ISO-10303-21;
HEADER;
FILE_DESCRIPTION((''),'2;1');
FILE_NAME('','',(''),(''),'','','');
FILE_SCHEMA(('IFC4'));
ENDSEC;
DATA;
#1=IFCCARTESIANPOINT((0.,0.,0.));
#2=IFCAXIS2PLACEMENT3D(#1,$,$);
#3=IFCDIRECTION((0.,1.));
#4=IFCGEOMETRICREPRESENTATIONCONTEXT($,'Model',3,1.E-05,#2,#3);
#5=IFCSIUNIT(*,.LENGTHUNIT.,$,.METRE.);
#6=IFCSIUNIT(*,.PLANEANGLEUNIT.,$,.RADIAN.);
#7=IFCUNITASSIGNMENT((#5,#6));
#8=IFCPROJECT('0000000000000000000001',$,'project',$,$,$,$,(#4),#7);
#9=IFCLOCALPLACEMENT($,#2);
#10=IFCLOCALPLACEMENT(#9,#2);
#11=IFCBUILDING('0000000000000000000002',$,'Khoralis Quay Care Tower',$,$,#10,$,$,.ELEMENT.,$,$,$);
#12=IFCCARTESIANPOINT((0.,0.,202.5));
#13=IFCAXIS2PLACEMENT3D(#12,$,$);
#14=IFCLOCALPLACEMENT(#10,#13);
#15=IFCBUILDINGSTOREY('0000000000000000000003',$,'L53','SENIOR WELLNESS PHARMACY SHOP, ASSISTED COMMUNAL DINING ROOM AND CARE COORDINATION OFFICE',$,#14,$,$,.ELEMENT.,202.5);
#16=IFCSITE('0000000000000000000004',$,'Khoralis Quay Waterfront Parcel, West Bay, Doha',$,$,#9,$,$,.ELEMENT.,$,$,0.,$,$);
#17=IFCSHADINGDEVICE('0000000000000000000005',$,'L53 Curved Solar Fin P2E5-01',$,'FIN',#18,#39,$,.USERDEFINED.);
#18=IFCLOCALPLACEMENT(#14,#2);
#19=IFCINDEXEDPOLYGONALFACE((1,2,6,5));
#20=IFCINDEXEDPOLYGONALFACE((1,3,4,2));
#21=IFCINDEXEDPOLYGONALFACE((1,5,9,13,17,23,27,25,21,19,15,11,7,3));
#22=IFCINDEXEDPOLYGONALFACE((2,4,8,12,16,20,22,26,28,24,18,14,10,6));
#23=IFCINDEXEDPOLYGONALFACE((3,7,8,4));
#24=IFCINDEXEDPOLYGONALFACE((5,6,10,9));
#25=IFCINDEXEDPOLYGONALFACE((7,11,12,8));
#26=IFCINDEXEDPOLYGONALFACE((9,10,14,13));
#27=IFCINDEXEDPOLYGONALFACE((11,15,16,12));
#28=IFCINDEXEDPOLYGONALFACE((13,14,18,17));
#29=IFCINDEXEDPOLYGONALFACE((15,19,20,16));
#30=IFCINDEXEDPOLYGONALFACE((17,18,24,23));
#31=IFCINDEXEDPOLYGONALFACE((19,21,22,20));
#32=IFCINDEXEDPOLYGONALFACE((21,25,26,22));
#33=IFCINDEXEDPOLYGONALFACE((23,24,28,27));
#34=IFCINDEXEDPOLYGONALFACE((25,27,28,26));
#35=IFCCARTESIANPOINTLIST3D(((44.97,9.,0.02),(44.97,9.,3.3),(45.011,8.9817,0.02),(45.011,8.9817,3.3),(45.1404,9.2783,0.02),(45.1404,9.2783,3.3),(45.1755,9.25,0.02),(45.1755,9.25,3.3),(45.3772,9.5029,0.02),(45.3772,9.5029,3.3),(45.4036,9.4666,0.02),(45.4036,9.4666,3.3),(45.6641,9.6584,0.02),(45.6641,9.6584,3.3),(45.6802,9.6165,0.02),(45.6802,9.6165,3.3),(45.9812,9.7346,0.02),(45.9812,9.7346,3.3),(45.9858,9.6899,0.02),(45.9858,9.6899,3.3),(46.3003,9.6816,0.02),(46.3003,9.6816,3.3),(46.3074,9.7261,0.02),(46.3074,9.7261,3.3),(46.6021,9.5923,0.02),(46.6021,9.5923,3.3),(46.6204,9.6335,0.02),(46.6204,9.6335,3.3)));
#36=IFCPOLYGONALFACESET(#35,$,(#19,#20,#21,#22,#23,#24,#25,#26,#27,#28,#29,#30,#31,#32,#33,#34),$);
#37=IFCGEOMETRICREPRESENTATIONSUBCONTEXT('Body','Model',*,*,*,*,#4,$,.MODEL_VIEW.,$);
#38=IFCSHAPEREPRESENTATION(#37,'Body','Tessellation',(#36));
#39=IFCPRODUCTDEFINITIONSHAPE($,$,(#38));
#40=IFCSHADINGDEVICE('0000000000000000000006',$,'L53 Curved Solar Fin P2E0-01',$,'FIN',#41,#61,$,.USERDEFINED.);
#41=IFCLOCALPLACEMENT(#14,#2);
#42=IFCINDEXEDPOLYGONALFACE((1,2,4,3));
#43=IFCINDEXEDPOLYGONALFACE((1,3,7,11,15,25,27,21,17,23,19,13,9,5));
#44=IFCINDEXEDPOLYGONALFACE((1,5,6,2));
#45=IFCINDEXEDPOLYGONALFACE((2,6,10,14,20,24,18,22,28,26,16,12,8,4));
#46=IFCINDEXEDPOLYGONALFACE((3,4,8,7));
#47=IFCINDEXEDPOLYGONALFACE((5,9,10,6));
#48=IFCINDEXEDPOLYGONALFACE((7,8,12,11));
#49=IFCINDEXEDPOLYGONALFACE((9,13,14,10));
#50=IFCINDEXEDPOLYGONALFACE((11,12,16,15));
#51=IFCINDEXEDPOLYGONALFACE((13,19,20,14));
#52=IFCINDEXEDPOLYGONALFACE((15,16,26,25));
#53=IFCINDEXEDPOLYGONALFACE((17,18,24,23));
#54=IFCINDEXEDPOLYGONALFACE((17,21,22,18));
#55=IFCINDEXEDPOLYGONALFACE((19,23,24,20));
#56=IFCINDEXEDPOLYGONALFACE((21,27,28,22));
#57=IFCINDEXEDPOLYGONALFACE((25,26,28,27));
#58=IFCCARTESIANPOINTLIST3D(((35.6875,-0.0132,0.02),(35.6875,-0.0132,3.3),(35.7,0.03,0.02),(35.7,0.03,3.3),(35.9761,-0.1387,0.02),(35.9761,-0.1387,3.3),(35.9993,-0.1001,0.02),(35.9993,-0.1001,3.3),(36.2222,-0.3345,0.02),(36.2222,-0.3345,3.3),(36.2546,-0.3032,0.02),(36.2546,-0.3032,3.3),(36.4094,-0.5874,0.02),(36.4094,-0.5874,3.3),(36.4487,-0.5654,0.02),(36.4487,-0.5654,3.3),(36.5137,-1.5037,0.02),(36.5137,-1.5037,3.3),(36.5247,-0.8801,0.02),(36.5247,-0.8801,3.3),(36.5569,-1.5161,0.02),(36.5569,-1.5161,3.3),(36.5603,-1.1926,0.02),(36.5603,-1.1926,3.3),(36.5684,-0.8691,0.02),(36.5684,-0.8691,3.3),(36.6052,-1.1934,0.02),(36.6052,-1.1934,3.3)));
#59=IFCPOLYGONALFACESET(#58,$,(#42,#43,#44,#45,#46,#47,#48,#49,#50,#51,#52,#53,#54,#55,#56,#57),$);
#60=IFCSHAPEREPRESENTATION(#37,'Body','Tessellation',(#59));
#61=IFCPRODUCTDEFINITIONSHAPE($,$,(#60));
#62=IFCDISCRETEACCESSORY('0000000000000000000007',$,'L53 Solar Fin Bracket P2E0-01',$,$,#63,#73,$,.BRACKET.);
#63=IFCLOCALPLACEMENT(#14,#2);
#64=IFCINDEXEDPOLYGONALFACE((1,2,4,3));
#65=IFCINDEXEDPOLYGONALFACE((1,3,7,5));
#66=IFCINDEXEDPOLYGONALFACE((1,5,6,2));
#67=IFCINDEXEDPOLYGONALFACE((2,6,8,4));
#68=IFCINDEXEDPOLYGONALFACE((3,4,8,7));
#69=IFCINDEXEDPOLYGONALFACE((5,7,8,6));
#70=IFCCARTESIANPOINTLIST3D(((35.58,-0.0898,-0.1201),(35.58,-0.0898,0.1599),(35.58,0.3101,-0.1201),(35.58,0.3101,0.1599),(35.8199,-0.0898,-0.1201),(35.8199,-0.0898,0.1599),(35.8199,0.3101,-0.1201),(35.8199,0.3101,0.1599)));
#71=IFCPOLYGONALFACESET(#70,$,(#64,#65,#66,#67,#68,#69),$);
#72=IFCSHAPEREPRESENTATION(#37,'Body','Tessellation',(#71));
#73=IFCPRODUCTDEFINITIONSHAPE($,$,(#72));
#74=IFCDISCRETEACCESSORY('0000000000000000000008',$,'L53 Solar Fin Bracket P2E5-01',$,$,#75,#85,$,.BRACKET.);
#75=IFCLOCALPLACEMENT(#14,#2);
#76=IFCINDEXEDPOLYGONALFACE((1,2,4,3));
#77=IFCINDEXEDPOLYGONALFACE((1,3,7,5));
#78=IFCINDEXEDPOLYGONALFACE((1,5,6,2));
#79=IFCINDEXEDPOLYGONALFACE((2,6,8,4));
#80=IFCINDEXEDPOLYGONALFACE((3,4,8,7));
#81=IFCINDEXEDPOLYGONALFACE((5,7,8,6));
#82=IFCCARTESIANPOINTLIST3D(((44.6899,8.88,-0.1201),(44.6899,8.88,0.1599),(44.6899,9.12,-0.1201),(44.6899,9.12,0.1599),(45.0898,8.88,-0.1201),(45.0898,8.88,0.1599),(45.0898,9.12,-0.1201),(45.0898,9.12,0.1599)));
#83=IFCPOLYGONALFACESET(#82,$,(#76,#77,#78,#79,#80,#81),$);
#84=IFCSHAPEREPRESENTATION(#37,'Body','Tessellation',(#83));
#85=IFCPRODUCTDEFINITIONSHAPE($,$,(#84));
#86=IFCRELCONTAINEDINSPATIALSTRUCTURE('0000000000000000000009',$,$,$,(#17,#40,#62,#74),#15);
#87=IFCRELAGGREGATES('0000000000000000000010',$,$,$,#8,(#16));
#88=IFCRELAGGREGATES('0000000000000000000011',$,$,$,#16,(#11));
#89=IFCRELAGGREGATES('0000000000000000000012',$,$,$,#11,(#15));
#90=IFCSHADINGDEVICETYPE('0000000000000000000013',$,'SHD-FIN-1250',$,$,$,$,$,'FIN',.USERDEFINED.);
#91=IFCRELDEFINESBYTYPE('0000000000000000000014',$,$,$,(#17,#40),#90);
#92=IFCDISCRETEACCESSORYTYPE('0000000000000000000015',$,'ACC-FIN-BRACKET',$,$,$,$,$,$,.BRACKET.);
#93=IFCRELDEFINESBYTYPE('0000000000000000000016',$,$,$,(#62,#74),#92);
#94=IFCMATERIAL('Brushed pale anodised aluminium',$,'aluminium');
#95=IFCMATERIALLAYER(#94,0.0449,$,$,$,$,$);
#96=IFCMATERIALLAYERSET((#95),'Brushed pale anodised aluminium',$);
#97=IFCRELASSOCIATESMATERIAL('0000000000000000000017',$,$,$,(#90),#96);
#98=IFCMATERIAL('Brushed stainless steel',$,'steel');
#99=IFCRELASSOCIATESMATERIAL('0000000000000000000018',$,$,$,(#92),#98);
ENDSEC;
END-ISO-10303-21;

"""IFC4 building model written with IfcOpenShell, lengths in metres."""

from ifc_helpers import new_model, si_unit, direction, frame, origin, origin_2d, place, context, subcontext, project, spatial, polyline, rectangle, outline, extrude, source, transform, mapped, material, layer, layer_set, type_object, element, save


model = new_model("IFC4")

# Units and contexts
model_context = context("Model", 3, precision=1e-05, world=origin(), true_north=direction((0.0, 1.0)))
body_context = subcontext(model_context, "Body", "Model", "MODEL_VIEW")
ifc_project = project(units=[si_unit("LENGTHUNIT", "METRE"), si_unit("PLANEANGLEUNIT", "RADIAN")], contexts=[model_context])

# Site, building, storey
site_placement = place(None, origin())
site = spatial("IfcSite", under=ifc_project, at=site_placement, Name="Khoralis Quay Waterfront Parcel, West Bay, Doha", CompositionType="ELEMENT", RefElevation=0.0)
building_placement = place(site_placement, origin())
building = spatial("IfcBuilding", under=site, at=building_placement, Name="Khoralis Quay Care Tower", CompositionType="ELEMENT")
storey_placement = place(building_placement, frame((0.0, 0.0, 202.5)))
storey = spatial("IfcBuildingStorey", under=building, at=storey_placement, Name="L53", Description="SENIOR WELLNESS PHARMACY SHOP, ASSISTED COMMUNAL DINING ROOM AND CARE COORDINATION OFFICE", CompositionType="ELEMENT", Elevation=202.5)

# Shading devices
ifc_material_1 = material(Name="Brushed pale anodised aluminium", Category="aluminium")
ifc_layer_1 = layer(ifc_material_1, 0.0449)
ifc_layer_set_1 = layer_set([ifc_layer_1], Name="Brushed pale anodised aluminium")
shading_device_type = type_object("IfcShadingDeviceType", Name="SHD-FIN-1250", ElementType="FIN", PredefinedType="USERDEFINED", material=ifc_layer_set_1)
shared_shape_1 = source(origin(), body_context, "Body", "SweptSolid", [
    extrude(outline(polyline([(0.0, 0.0), (0.1704, 0.2783), (0.4072, 0.5029), (0.6941, 0.6584), (1.0112, 0.7346), (1.3374, 0.7261), (1.6504, 0.6335), (1.6321, 0.5923), (1.3303, 0.6816), (1.0159, 0.6899), (0.7102, 0.6165), (0.4336, 0.4666), (0.2056, 0.25), (0.041, -0.0183), (0.0, 0.0)])), origin(), (0.0, 0.0, 1.0), 3.28),
])
shading_device_1_placement = place(storey_placement, frame((44.97, 9.0, 0.02), z_axis=(0.0, 0.0, 1.0), x_axis=(1.0, 0.0, 0.0)))
element("IfcShadingDevice", 1, at=shading_device_1_placement, inside=storey, type_object=shading_device_type, Name="L53 Curved Solar Fin P2E5-01", ObjectType="FIN", PredefinedType="USERDEFINED", context=body_context, shape_type="MappedRepresentation", body=[
    mapped(shared_shape_1, transform((0.0, 0.0, 0.0), scale=1.0)),
])
shared_shape_2 = source(origin(), body_context, "Body", "SweptSolid", [
    extrude(outline(polyline([(0.0, 0.0), (0.1301, 0.2993), (0.3333, 0.5547), (0.5955, 0.7488), (0.8992, 0.8684), (1.2234, 0.9053), (1.5461, 0.8569), (1.5337, 0.8137), (1.2227, 0.8604), (0.9102, 0.8247), (0.6174, 0.7095), (0.3645, 0.5222), (0.1687, 0.2761), (0.0432, -0.0125), (0.0, 0.0)])), origin(), (0.0, 0.0, 1.0), 3.28),
])
shading_device_2_placement = place(storey_placement, frame((35.7, 0.03, 0.02), z_axis=(0.0, 0.0, 1.0), x_axis=(0.0, -1.0, 0.0)))
element("IfcShadingDevice", 2, at=shading_device_2_placement, inside=storey, type_object=shading_device_type, Name="L53 Curved Solar Fin P2E0-01", ObjectType="FIN", PredefinedType="USERDEFINED", context=body_context, shape_type="MappedRepresentation", body=[
    mapped(shared_shape_2, transform((0.0, 0.0, 0.0), scale=1.0)),
])

# Discrete accessories
ifc_material_2 = material(Name="Brushed stainless steel", Category="steel")
discrete_accessory_type = type_object("IfcDiscreteAccessoryType", Name="ACC-FIN-BRACKET", PredefinedType="BRACKET", material=ifc_material_2)
shared_shape_3 = source(origin(), body_context, "Body", "SweptSolid", [
    extrude(rectangle(XDim=0.3999, YDim=0.24, at=origin_2d()), origin(), (0.0, 0.0, 1.0), 0.28),
])
for number, where, z_axis, x_axis, name in (
    (3, (35.7, 0.1101, -0.1201), (0.0, 0.0, 1.0), (0.0, -1.0, 0.0), "L53 Solar Fin Bracket P2E0-01"),
    (4, (44.8899, 9.0, -0.1201), (0.0, 0.0, 1.0), (1.0, 0.0, 0.0), "L53 Solar Fin Bracket P2E5-01"),
):
    element("IfcDiscreteAccessory", number, at=place(storey_placement, frame(where, z_axis=z_axis, x_axis=x_axis)), inside=storey, type_object=discrete_accessory_type, Name=name, PredefinedType="BRACKET", context=body_context, shape_type="MappedRepresentation", body=[
        mapped(shared_shape_3, transform((0.0, 0.0, 0.0), scale=1.0)),
    ])

save(model, "model.ifc")
